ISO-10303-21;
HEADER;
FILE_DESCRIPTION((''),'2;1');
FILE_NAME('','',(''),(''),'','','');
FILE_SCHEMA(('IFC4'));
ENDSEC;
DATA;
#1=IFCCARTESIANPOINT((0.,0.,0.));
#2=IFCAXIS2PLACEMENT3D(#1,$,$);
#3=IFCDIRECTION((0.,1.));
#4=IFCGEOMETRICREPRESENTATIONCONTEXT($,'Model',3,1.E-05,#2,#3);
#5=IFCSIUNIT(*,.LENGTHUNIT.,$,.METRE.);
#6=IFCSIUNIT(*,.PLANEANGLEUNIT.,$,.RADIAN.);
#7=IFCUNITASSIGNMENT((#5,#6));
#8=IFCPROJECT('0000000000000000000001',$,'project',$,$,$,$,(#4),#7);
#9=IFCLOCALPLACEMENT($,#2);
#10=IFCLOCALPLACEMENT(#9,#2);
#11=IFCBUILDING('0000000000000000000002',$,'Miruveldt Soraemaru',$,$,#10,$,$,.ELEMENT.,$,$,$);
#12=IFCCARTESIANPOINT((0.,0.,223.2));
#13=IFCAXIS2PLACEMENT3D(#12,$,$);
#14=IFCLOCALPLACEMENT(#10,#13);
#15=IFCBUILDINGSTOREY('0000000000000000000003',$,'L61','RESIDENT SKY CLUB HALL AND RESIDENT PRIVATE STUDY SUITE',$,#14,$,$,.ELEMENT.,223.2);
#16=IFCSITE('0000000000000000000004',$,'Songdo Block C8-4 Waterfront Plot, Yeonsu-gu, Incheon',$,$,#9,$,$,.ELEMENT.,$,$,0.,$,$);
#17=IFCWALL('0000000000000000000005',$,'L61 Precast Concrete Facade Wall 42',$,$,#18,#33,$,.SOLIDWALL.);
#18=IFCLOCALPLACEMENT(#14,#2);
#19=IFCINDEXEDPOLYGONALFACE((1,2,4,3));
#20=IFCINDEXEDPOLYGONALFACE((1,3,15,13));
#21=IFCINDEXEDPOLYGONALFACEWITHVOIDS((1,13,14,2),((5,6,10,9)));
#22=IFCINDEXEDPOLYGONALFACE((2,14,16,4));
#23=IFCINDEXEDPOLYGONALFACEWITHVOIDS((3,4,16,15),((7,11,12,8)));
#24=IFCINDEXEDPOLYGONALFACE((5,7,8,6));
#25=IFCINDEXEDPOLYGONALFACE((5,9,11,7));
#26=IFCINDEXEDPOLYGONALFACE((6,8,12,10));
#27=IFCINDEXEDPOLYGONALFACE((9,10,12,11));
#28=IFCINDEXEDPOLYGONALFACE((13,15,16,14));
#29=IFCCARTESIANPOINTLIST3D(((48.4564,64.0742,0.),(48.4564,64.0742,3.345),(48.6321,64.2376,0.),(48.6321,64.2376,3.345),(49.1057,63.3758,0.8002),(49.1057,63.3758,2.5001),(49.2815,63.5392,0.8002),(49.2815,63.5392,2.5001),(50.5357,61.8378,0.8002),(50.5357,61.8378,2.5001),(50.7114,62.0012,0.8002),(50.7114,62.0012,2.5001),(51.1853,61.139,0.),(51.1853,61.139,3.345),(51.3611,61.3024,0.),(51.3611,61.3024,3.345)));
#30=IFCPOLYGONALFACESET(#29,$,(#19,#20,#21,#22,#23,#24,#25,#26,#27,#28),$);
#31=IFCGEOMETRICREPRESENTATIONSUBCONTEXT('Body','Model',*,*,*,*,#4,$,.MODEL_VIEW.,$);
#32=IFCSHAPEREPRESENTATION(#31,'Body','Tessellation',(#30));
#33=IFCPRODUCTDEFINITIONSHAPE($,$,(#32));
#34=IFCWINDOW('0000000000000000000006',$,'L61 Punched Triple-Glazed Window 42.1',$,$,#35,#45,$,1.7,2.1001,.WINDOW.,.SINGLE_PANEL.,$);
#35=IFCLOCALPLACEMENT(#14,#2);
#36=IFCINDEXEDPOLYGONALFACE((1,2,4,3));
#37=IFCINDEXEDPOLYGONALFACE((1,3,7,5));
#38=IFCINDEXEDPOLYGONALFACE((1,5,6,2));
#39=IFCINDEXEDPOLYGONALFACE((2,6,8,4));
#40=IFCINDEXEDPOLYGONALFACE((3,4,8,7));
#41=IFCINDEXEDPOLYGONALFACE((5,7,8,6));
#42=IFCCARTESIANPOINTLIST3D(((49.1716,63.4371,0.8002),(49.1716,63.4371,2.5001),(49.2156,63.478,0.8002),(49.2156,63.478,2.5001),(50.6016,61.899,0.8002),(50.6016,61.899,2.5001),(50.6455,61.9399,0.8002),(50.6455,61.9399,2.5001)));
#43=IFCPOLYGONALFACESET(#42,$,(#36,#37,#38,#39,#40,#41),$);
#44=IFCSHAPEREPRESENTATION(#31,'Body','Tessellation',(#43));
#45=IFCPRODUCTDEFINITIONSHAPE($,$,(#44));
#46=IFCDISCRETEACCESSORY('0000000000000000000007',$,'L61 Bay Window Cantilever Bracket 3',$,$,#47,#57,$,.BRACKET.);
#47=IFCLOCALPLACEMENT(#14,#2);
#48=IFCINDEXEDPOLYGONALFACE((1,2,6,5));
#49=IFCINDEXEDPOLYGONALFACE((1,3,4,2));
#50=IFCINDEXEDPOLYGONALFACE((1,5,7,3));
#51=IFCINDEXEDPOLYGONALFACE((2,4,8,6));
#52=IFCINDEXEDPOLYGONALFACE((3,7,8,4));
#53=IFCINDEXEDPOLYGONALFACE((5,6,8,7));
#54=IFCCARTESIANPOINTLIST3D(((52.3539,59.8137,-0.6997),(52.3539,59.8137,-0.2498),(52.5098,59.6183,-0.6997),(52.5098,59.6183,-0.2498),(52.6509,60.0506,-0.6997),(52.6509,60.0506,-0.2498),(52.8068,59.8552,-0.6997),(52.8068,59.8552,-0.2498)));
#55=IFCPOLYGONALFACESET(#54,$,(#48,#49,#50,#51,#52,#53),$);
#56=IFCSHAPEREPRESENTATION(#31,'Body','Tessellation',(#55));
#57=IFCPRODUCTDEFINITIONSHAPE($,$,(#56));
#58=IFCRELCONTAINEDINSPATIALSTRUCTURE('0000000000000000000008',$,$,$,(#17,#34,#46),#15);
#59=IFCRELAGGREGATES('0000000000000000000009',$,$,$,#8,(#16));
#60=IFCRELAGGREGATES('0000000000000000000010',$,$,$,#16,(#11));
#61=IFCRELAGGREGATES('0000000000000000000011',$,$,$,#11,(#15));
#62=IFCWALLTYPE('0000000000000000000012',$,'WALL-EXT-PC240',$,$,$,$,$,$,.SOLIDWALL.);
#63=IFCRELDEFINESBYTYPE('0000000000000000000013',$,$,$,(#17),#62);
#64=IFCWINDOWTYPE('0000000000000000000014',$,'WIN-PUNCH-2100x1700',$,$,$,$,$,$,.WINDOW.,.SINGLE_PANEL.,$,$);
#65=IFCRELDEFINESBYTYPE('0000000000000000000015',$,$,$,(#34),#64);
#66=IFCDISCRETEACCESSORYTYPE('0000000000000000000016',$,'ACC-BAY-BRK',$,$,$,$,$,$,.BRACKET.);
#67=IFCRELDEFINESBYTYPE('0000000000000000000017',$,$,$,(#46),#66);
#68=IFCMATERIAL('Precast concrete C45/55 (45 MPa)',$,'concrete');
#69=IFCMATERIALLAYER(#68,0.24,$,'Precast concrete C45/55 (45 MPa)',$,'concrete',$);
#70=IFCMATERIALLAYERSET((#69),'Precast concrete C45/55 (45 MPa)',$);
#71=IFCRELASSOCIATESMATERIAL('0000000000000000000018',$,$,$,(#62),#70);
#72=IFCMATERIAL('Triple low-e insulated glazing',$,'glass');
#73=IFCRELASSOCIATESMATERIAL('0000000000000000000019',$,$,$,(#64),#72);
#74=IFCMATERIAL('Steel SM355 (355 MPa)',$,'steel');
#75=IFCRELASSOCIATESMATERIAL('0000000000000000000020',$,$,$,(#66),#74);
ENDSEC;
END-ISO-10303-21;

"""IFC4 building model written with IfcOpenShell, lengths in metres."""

from ifc_helpers import new_model, si_unit, direction, frame, frame_2d, origin, origin_2d, place, context, subcontext, project, spatial, rectangle, extrude, material, layer, layer_set, type_object, element, fill, save


model = new_model("IFC4")

# Units and contexts
model_context = context("Model", 3, precision=1e-05, world=origin(), true_north=direction((0.0, 1.0)))
body_context = subcontext(model_context, "Body", "Model", "MODEL_VIEW")
ifc_project = project(units=[si_unit("LENGTHUNIT", "METRE"), si_unit("PLANEANGLEUNIT", "RADIAN")], contexts=[model_context])

# Site, building, storey
site_placement = place(None, origin())
site = spatial("IfcSite", under=ifc_project, at=site_placement, Name="Songdo Block C8-4 Waterfront Plot, Yeonsu-gu, Incheon", CompositionType="ELEMENT", RefElevation=0.0)
building_placement = place(site_placement, origin())
building = spatial("IfcBuilding", under=site, at=building_placement, Name="Miruveldt Soraemaru", CompositionType="ELEMENT")
storey_placement = place(building_placement, frame((0.0, 0.0, 223.2)))
storey = spatial("IfcBuildingStorey", under=building, at=storey_placement, Name="L61", Description="RESIDENT SKY CLUB HALL AND RESIDENT PRIVATE STUDY SUITE", CompositionType="ELEMENT", Elevation=223.2)

# Shared definitions
ifc_material_1 = material(Name="Steel SM355 (355 MPa)", Category="steel")

# Shared definitions
ifc_material_2 = material(Name="Triple low-e insulated glazing", Category="glass")

# Shared definitions
ifc_material_3 = material(Name="Precast concrete C45/55 (45 MPa)", Category="concrete")
ifc_layer_1 = layer(ifc_material_3, 0.24, Name="Precast concrete C45/55 (45 MPa)", Category="concrete")
ifc_layer_set_1 = layer_set([ifc_layer_1], Name="Precast concrete C45/55 (45 MPa)")
wall_type_1 = type_object("IfcWallType", Name="WALL-EXT-PC240", PredefinedType="SOLIDWALL", material=ifc_layer_set_1)
window_type_1 = type_object("IfcWindowType", Name="WIN-PUNCH-2100x1700", PartitioningType="SINGLE_PANEL", PredefinedType="WINDOW", material=ifc_material_2)

# Wall, opening, window
wall_1_placement = place(storey_placement, frame((51.2732, 61.2207, 0.0), z_axis=(0.0, 0.0, 1.0), x_axis=(-0.680902, 0.732375, 0.0)))
wall_1 = element("IfcWall", 1, at=wall_1_placement, inside=storey, type_object=wall_type_1, Name="L61 Precast Concrete Facade Wall 42", PredefinedType="SOLIDWALL", context=body_context, shape_type="SweptSolid", body=[
    extrude(rectangle(XDim=4.0078, YDim=0.24, at=frame_2d((2.0039, 0.0))), origin(), (0.0, 0.0, 1.0), 3.345),
])
opening_1_placement = place(wall_1_placement, frame((0.9541, 0.0, 0.8)))
opening_1 = element("IfcOpeningElement", 2, at=opening_1_placement, cuts=wall_1, PredefinedType="OPENING", context=body_context, shape_type="SweptSolid", body=[
    extrude(rectangle(XDim=2.1001, YDim=1.7, at=frame_2d((1.05, 0.8501))), frame((0.0, 0.1299, 0.0), z_axis=(0.0, -1.0, 0.0), x_axis=(1.0, 0.0, 0.0)), (0.0, 0.0, 1.0), 0.26),
])
window_1_placement = place(opening_1_placement, origin())
window_1 = element("IfcWindow", 3, at=window_1_placement, inside=storey, type_object=window_type_1, Name="L61 Punched Triple-Glazed Window 42.1", OverallHeight=1.7, OverallWidth=2.1001, PartitioningType="SINGLE_PANEL", PredefinedType="WINDOW", context=body_context, shape_type="SweptSolid", body=[
    extrude(rectangle(XDim=2.1001, YDim=1.7, at=frame_2d((1.05, 0.8501))), frame((0.0, 0.03, 0.0), z_axis=(0.0, -1.0, 0.0), x_axis=(1.0, 0.0, 0.0)), (0.0, 0.0, 1.0), 0.0601),
])
fill(opening_1, window_1)

# Discrete accessory
discrete_accessory_type = type_object("IfcDiscreteAccessoryType", Name="ACC-BAY-BRK", PredefinedType="BRACKET", material=ifc_material_1)
discrete_accessory_placement = place(storey_placement, frame((52.5803, 59.8345, -0.6997), z_axis=(0.0, 0.0, 1.0), x_axis=(0.781738, 0.623607, 0.0)))
element("IfcDiscreteAccessory", 4, at=discrete_accessory_placement, inside=storey, type_object=discrete_accessory_type, Name="L61 Bay Window Cantilever Bracket 3", PredefinedType="BRACKET", context=body_context, shape_type="SweptSolid", body=[
    extrude(rectangle(XDim=0.3799, YDim=0.25, at=origin_2d()), origin(), (0.0, 0.0, 1.0), 0.45),
])

save(model, "model.ifc")
